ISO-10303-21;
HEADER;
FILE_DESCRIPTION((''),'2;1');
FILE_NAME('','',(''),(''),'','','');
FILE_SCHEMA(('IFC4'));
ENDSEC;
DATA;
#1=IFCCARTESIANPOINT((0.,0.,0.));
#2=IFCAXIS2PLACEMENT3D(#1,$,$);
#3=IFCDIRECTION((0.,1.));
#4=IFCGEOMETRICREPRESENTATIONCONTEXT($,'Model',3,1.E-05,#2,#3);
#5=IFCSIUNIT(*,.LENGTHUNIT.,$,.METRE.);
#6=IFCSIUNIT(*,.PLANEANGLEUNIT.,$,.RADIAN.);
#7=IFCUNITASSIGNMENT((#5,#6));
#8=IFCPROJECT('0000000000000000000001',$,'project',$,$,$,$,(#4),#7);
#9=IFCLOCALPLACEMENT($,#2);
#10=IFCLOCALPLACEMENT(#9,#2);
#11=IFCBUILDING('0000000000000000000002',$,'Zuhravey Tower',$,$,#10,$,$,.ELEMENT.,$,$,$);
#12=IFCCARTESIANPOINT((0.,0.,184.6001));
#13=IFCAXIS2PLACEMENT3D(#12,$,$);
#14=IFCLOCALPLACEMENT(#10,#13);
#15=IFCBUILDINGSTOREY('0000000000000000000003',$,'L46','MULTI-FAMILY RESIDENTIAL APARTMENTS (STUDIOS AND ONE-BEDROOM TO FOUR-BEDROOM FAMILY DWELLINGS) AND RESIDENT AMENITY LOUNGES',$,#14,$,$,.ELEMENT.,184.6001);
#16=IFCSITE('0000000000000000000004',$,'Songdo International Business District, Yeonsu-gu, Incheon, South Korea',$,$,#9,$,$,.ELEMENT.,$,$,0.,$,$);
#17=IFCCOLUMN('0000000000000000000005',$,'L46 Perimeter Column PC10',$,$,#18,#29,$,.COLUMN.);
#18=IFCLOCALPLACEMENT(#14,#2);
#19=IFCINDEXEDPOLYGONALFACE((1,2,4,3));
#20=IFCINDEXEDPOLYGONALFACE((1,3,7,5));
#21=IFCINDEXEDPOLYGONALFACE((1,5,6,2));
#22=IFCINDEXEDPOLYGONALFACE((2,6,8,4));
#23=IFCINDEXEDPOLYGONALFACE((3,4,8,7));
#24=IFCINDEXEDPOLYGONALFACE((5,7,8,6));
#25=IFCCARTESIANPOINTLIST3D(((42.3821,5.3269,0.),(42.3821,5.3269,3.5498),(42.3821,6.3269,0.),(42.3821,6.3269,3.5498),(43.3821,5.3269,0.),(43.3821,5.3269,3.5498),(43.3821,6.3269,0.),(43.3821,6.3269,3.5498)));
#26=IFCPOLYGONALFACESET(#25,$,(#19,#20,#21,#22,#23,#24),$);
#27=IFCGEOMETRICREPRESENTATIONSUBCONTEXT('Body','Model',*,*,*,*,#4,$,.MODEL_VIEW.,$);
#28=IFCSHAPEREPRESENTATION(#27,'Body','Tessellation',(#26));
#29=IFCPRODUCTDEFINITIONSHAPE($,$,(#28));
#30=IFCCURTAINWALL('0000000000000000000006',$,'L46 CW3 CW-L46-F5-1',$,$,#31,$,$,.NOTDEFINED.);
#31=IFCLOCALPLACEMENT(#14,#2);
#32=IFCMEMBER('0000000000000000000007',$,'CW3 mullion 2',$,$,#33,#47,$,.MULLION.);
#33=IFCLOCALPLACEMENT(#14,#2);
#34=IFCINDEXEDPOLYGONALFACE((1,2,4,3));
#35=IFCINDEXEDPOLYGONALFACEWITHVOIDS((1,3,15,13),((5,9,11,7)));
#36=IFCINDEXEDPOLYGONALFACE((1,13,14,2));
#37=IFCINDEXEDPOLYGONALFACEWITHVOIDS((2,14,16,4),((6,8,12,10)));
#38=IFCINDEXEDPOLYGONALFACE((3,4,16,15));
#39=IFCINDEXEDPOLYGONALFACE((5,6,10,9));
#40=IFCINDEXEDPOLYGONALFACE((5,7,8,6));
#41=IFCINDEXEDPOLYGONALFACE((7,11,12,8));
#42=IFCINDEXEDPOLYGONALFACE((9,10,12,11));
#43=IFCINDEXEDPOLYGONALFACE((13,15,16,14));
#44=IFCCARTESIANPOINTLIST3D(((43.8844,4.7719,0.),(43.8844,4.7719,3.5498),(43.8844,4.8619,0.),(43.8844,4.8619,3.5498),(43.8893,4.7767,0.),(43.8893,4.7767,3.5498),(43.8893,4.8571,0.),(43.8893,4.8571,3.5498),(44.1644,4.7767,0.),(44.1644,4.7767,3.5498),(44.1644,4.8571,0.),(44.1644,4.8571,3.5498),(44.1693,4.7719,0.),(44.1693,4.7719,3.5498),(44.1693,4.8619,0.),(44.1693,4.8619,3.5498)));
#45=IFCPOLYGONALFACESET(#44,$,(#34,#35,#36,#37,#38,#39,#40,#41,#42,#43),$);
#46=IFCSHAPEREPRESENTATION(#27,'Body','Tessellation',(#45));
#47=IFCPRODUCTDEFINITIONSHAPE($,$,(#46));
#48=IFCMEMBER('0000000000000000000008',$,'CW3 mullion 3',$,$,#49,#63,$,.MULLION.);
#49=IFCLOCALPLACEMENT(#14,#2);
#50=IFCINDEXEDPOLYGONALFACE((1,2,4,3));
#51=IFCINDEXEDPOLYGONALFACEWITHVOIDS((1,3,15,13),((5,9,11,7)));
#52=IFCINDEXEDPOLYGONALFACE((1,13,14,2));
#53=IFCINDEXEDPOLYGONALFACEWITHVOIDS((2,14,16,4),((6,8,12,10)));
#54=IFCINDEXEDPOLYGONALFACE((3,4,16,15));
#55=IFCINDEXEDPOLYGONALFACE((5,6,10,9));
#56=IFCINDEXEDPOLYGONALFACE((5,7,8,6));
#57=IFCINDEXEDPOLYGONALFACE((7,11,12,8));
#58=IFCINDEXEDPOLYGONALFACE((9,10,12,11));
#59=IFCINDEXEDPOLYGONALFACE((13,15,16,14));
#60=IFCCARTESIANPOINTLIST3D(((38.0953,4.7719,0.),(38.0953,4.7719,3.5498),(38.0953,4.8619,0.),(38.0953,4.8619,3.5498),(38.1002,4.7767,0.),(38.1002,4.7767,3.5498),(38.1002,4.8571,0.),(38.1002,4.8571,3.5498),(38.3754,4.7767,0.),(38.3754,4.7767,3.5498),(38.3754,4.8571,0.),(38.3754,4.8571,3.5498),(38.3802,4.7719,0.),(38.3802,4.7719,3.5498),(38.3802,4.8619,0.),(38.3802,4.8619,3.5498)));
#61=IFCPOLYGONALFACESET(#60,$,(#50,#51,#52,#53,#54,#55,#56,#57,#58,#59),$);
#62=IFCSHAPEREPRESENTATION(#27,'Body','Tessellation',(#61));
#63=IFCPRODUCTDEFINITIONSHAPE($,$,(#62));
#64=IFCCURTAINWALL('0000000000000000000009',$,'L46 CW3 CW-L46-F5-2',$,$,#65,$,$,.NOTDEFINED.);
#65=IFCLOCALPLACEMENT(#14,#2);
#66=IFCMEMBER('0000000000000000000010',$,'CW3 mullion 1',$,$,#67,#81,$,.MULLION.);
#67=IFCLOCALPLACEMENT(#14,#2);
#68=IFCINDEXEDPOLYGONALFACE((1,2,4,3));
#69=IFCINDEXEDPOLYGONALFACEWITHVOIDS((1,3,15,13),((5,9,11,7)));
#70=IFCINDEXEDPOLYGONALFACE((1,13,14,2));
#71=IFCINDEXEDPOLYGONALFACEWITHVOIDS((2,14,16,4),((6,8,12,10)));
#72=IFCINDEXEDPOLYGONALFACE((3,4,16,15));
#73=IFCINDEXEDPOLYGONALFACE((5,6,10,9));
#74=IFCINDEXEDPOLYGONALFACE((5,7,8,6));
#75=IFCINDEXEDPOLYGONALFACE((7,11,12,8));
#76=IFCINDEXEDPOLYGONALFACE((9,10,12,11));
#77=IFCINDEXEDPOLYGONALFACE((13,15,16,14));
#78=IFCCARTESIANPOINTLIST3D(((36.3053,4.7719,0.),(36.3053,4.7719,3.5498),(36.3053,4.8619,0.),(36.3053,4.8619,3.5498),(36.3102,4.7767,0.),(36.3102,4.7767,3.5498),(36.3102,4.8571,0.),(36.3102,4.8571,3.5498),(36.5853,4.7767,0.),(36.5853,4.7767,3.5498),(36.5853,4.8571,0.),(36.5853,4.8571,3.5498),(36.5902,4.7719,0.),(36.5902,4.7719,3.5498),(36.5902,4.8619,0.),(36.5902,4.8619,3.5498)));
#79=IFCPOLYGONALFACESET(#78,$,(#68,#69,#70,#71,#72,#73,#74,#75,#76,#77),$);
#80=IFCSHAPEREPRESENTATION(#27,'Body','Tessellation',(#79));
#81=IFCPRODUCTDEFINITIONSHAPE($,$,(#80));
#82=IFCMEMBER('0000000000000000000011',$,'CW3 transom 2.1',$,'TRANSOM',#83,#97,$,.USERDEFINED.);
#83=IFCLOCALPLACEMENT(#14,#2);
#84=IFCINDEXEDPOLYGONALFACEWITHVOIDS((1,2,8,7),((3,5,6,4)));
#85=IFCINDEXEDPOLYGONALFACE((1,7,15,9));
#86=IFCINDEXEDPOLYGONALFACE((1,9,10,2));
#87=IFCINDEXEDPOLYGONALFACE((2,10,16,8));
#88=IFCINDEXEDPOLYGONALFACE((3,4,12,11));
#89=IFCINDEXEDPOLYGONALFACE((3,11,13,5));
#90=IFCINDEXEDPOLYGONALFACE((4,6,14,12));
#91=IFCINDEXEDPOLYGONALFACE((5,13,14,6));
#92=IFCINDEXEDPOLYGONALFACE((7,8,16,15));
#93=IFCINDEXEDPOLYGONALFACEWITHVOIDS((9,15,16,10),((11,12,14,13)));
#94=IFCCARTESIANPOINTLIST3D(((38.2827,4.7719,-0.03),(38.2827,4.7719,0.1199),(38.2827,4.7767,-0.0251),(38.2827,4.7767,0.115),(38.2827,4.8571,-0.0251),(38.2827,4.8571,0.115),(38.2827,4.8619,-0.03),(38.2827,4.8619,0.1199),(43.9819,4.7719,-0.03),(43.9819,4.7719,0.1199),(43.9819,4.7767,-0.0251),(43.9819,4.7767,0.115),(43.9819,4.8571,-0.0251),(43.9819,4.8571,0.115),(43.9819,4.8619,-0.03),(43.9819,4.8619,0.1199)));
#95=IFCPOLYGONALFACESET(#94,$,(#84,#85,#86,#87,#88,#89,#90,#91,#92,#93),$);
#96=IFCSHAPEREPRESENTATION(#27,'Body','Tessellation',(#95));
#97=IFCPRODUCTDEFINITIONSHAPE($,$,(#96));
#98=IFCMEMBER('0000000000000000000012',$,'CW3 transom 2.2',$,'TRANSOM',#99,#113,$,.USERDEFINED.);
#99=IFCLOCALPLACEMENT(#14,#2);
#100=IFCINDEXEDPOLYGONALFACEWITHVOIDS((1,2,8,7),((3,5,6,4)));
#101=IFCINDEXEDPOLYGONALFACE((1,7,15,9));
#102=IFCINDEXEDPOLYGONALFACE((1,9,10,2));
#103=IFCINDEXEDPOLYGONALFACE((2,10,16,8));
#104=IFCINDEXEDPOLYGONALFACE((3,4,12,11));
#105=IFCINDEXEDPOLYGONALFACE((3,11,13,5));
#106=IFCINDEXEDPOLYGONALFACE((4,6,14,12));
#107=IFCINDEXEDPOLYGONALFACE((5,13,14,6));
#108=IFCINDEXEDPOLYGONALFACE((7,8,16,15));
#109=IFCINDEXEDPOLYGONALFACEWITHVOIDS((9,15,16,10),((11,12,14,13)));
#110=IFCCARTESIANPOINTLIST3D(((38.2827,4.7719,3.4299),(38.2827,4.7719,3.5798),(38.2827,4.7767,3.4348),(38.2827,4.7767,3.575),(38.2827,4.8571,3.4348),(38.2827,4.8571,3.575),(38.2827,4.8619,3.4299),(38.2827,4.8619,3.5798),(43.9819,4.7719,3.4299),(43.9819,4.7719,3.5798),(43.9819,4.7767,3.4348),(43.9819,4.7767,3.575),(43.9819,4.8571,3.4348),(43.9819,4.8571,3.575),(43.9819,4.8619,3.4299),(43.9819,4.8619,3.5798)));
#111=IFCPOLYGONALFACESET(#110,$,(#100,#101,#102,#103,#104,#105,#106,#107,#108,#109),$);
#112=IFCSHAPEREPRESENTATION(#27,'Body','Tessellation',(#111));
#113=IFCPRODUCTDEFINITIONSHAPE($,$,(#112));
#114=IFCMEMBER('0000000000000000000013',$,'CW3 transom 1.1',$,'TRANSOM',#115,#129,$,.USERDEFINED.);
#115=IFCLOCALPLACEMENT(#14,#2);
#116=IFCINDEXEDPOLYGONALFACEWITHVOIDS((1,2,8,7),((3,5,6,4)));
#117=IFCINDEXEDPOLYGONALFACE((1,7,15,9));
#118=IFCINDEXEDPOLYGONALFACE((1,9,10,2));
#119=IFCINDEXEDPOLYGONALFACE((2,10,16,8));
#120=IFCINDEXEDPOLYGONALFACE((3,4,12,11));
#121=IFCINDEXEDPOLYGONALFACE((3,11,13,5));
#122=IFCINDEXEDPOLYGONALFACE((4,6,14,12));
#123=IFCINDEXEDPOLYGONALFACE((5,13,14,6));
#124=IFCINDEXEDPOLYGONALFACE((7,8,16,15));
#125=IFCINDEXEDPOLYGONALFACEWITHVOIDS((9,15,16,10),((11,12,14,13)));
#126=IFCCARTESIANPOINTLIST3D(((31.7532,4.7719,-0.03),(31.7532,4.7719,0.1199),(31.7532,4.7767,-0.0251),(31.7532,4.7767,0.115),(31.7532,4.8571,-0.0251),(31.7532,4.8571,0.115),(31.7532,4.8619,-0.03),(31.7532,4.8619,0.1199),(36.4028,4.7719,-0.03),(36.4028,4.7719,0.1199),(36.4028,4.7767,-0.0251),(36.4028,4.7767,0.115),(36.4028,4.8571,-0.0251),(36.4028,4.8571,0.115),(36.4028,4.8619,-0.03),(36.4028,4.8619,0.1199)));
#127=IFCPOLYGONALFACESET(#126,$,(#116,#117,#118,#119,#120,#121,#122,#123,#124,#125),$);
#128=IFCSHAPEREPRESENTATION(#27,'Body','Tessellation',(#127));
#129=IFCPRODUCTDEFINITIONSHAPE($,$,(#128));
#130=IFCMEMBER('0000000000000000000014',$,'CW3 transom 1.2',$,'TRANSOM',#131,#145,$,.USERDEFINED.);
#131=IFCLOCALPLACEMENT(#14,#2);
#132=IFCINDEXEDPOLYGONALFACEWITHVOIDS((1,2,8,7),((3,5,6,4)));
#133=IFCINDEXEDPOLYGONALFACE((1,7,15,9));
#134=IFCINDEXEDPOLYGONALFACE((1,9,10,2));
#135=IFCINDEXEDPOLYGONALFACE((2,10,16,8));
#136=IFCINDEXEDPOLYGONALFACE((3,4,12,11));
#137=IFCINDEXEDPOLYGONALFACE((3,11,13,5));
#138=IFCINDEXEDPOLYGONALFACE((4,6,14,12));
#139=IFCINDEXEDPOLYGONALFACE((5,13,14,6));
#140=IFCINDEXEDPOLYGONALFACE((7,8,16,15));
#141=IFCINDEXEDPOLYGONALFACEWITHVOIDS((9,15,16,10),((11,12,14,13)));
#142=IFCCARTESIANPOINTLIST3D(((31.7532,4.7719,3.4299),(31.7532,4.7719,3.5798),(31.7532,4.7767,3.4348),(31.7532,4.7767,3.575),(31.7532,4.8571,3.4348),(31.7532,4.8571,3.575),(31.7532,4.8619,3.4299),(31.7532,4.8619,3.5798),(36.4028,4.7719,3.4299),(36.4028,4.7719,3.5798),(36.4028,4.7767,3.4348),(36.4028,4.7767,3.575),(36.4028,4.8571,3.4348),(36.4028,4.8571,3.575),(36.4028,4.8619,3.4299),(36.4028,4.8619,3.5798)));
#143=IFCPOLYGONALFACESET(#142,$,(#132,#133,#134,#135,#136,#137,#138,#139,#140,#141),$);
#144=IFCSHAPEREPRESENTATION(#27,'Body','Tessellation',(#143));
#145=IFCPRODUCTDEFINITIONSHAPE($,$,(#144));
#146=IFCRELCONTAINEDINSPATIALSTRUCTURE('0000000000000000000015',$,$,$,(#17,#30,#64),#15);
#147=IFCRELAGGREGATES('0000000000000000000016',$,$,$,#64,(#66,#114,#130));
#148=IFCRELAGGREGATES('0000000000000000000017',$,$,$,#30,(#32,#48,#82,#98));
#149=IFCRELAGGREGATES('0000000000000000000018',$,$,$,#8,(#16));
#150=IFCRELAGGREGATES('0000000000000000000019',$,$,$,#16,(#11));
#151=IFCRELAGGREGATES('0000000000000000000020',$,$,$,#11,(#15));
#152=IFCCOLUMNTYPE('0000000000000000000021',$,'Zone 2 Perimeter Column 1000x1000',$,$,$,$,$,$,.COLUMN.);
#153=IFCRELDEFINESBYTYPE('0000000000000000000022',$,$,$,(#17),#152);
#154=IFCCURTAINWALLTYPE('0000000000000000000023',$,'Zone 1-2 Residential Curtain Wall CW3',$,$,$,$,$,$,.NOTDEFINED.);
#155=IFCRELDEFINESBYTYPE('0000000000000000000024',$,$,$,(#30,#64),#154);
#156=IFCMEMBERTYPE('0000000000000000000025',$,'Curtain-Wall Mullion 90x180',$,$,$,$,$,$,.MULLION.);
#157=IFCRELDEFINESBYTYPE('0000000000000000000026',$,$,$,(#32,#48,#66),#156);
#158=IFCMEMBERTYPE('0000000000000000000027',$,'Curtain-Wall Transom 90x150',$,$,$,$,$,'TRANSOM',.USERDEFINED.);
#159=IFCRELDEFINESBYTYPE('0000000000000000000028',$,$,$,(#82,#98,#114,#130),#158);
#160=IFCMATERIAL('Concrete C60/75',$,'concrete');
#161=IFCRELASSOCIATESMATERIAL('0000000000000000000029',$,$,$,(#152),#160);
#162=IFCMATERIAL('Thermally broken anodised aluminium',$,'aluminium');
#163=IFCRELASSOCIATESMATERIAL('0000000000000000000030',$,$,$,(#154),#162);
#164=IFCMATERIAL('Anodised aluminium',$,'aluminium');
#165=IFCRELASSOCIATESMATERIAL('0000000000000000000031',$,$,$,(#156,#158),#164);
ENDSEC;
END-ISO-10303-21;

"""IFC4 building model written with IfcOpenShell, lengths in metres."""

from ifc_helpers import new_model, si_unit, direction, frame, origin, origin_2d, place, context, subcontext, project, spatial, rectangle, hollow_rectangle, extrude, material, material_profile, profile_set, type_object, element, aggregate, save


model = new_model("IFC4")

# Units and contexts
model_context = context("Model", 3, precision=1e-05, world=origin(), true_north=direction((0.0, 1.0)))
body_context = subcontext(model_context, "Body", "Model", "MODEL_VIEW")
ifc_project = project(units=[si_unit("LENGTHUNIT", "METRE"), si_unit("PLANEANGLEUNIT", "RADIAN")], contexts=[model_context])

# Site, building, storey
site_placement = place(None, origin())
site = spatial("IfcSite", under=ifc_project, at=site_placement, Name="Songdo International Business District, Yeonsu-gu, Incheon, South Korea", CompositionType="ELEMENT", RefElevation=0.0)
building_placement = place(site_placement, origin())
building = spatial("IfcBuilding", under=site, at=building_placement, Name="Zuhravey Tower", CompositionType="ELEMENT")
storey_placement = place(building_placement, frame((0.0, 0.0, 184.6001)))
storey = spatial("IfcBuildingStorey", under=building, at=storey_placement, Name="L46", Description="MULTI-FAMILY RESIDENTIAL APARTMENTS (STUDIOS AND ONE-BEDROOM TO FOUR-BEDROOM FAMILY DWELLINGS) AND RESIDENT AMENITY LOUNGES", CompositionType="ELEMENT", Elevation=184.6001)

# Column
ifc_material_1 = material(Name="Concrete C60/75", Category="concrete")
ifc_material_profile_1 = material_profile(ifc_material_1, rectangle(XDim=1.0, YDim=1.0, at=origin_2d()), Name="RC-1000x1000")
ifc_profile_set_1 = profile_set([ifc_material_profile_1], Name="Concrete C60/75")
column_type = type_object("IfcColumnType", Name="Zone 2 Perimeter Column 1000x1000", PredefinedType="COLUMN", material=ifc_profile_set_1)
column_placement = place(storey_placement, frame((42.8821, 5.8269, 0.0), z_axis=(0.0, 0.0, 1.0), x_axis=(1.0, 0.0, 0.0)))
element("IfcColumn", 1, at=column_placement, inside=storey, type_object=column_type, Name="L46 Perimeter Column PC10", PredefinedType="COLUMN", context=body_context, shape_type="SweptSolid", body=[
    extrude(rectangle(XDim=1.0, YDim=1.0, at=origin_2d()), origin(), (0.0, 0.0, 1.0), 3.5498),
])

# Curtain wall, members
ifc_material_2 = material(Name="Thermally broken anodised aluminium", Category="aluminium")
curtain_wall_type = type_object("IfcCurtainWallType", Name="Zone 1-2 Residential Curtain Wall CW3", PredefinedType="NOTDEFINED", material=ifc_material_2)
curtain_wall_1_placement = place(storey_placement, origin())
curtain_wall_1 = element("IfcCurtainWall", 2, at=curtain_wall_1_placement, inside=storey, type_object=curtain_wall_type, Name="L46 CW3 CW-L46-F5-1", PredefinedType="NOTDEFINED")
ifc_material_3 = material(Name="Anodised aluminium", Category="aluminium")
ifc_material_profile_2 = material_profile(ifc_material_3, hollow_rectangle(XDim=0.0901, YDim=0.2849, WallThickness=0.0049, at=origin_2d()), Name="ALU-RHS-90x285x5")
ifc_profile_set_2 = profile_set([ifc_material_profile_2], Name="Anodised aluminium")
member_type_1 = type_object("IfcMemberType", Name="Curtain-Wall Mullion 90x180", PredefinedType="MULLION", material=ifc_profile_set_2)
member_1_placement = place(storey_placement, frame((44.0269, 4.8169, 0.0), z_axis=(0.0, 0.0, 1.0), x_axis=(0.0, -1.0, 0.0)))
member_1 = element("IfcMember", 3, at=member_1_placement, type_object=member_type_1, Name="CW3 mullion 2", PredefinedType="MULLION", context=body_context, shape_type="SweptSolid", body=[
    extrude(hollow_rectangle(XDim=0.0901, YDim=0.2849, WallThickness=0.0049, at=origin_2d()), origin(), (0.0, 0.0, 1.0), 3.5498),
])
member_2_placement = place(storey_placement, frame((38.2378, 4.8169, 0.0), z_axis=(0.0, 0.0, 1.0), x_axis=(0.0, -1.0, 0.0)))
member_2 = element("IfcMember", 4, at=member_2_placement, type_object=member_type_1, Name="CW3 mullion 3", PredefinedType="MULLION", context=body_context, shape_type="SweptSolid", body=[
    extrude(hollow_rectangle(XDim=0.0901, YDim=0.2849, WallThickness=0.0049, at=origin_2d()), origin(), (0.0, 0.0, 1.0), 3.5498),
])

# Curtain wall, member
curtain_wall_2_placement = place(storey_placement, origin())
curtain_wall_2 = element("IfcCurtainWall", 5, at=curtain_wall_2_placement, inside=storey, type_object=curtain_wall_type, Name="L46 CW3 CW-L46-F5-2", PredefinedType="NOTDEFINED")
member_3_placement = place(storey_placement, frame((36.4478, 4.8169, 0.0), z_axis=(0.0, 0.0, 1.0), x_axis=(0.0, -1.0, 0.0)))
member_3 = element("IfcMember", 6, at=member_3_placement, type_object=member_type_1, Name="CW3 mullion 1", PredefinedType="MULLION", context=body_context, shape_type="SweptSolid", body=[
    extrude(hollow_rectangle(XDim=0.0901, YDim=0.2849, WallThickness=0.0049, at=origin_2d()), origin(), (0.0, 0.0, 1.0), 3.5498),
])

# Members
ifc_material_profile_3 = material_profile(ifc_material_3, hollow_rectangle(XDim=0.0901, YDim=0.1499, WallThickness=0.0049, at=origin_2d()), Name="ALU-RHS-90x150x5")
ifc_profile_set_3 = profile_set([ifc_material_profile_3], Name="Anodised aluminium")
member_type_2 = type_object("IfcMemberType", Name="Curtain-Wall Transom 90x150", ElementType="TRANSOM", PredefinedType="USERDEFINED", material=ifc_profile_set_3)
member_4_placement = place(storey_placement, frame((43.9819, 4.8169, 0.0449), z_axis=(-1.0, 0.0, 0.0), x_axis=(0.0, -1.0, 0.0)))
member_4 = element("IfcMember", 7, at=member_4_placement, type_object=member_type_2, Name="CW3 transom 2.1", ObjectType="TRANSOM", PredefinedType="USERDEFINED", context=body_context, shape_type="SweptSolid", body=[
    extrude(hollow_rectangle(XDim=0.0901, YDim=0.1499, WallThickness=0.0049, at=origin_2d()), origin(), (0.0, 0.0, 1.0), 5.6992),
])
member_5_placement = place(storey_placement, frame((43.9819, 4.8169, 3.5049), z_axis=(-1.0, 0.0, 0.0), x_axis=(0.0, -1.0, 0.0)))
member_5 = element("IfcMember", 8, at=member_5_placement, type_object=member_type_2, Name="CW3 transom 2.2", ObjectType="TRANSOM", PredefinedType="USERDEFINED", context=body_context, shape_type="SweptSolid", body=[
    extrude(hollow_rectangle(XDim=0.0901, YDim=0.1499, WallThickness=0.0049, at=origin_2d()), origin(), (0.0, 0.0, 1.0), 5.6992),
])
member_6_placement = place(storey_placement, frame((36.4028, 4.8169, 0.0449), z_axis=(-1.0, 0.0, 0.0), x_axis=(0.0, -1.0, 0.0)))
member_6 = element("IfcMember", 9, at=member_6_placement, type_object=member_type_2, Name="CW3 transom 1.1", ObjectType="TRANSOM", PredefinedType="USERDEFINED", context=body_context, shape_type="SweptSolid", body=[
    extrude(hollow_rectangle(XDim=0.0901, YDim=0.1499, WallThickness=0.0049, at=origin_2d()), origin(), (0.0, 0.0, 1.0), 4.6497),
])
member_7_placement = place(storey_placement, frame((36.4028, 4.8169, 3.5049), z_axis=(-1.0, 0.0, 0.0), x_axis=(0.0, -1.0, 0.0)))
member_7 = element("IfcMember", 10, at=member_7_placement, type_object=member_type_2, Name="CW3 transom 1.2", ObjectType="TRANSOM", PredefinedType="USERDEFINED", context=body_context, shape_type="SweptSolid", body=[
    extrude(hollow_rectangle(XDim=0.0901, YDim=0.1499, WallThickness=0.0049, at=origin_2d()), origin(), (0.0, 0.0, 1.0), 4.6497),
])
aggregate(curtain_wall_2, [member_3, member_6, member_7])

aggregate(curtain_wall_1, [member_1, member_2, member_4, member_5])

save(model, "model.ifc")
